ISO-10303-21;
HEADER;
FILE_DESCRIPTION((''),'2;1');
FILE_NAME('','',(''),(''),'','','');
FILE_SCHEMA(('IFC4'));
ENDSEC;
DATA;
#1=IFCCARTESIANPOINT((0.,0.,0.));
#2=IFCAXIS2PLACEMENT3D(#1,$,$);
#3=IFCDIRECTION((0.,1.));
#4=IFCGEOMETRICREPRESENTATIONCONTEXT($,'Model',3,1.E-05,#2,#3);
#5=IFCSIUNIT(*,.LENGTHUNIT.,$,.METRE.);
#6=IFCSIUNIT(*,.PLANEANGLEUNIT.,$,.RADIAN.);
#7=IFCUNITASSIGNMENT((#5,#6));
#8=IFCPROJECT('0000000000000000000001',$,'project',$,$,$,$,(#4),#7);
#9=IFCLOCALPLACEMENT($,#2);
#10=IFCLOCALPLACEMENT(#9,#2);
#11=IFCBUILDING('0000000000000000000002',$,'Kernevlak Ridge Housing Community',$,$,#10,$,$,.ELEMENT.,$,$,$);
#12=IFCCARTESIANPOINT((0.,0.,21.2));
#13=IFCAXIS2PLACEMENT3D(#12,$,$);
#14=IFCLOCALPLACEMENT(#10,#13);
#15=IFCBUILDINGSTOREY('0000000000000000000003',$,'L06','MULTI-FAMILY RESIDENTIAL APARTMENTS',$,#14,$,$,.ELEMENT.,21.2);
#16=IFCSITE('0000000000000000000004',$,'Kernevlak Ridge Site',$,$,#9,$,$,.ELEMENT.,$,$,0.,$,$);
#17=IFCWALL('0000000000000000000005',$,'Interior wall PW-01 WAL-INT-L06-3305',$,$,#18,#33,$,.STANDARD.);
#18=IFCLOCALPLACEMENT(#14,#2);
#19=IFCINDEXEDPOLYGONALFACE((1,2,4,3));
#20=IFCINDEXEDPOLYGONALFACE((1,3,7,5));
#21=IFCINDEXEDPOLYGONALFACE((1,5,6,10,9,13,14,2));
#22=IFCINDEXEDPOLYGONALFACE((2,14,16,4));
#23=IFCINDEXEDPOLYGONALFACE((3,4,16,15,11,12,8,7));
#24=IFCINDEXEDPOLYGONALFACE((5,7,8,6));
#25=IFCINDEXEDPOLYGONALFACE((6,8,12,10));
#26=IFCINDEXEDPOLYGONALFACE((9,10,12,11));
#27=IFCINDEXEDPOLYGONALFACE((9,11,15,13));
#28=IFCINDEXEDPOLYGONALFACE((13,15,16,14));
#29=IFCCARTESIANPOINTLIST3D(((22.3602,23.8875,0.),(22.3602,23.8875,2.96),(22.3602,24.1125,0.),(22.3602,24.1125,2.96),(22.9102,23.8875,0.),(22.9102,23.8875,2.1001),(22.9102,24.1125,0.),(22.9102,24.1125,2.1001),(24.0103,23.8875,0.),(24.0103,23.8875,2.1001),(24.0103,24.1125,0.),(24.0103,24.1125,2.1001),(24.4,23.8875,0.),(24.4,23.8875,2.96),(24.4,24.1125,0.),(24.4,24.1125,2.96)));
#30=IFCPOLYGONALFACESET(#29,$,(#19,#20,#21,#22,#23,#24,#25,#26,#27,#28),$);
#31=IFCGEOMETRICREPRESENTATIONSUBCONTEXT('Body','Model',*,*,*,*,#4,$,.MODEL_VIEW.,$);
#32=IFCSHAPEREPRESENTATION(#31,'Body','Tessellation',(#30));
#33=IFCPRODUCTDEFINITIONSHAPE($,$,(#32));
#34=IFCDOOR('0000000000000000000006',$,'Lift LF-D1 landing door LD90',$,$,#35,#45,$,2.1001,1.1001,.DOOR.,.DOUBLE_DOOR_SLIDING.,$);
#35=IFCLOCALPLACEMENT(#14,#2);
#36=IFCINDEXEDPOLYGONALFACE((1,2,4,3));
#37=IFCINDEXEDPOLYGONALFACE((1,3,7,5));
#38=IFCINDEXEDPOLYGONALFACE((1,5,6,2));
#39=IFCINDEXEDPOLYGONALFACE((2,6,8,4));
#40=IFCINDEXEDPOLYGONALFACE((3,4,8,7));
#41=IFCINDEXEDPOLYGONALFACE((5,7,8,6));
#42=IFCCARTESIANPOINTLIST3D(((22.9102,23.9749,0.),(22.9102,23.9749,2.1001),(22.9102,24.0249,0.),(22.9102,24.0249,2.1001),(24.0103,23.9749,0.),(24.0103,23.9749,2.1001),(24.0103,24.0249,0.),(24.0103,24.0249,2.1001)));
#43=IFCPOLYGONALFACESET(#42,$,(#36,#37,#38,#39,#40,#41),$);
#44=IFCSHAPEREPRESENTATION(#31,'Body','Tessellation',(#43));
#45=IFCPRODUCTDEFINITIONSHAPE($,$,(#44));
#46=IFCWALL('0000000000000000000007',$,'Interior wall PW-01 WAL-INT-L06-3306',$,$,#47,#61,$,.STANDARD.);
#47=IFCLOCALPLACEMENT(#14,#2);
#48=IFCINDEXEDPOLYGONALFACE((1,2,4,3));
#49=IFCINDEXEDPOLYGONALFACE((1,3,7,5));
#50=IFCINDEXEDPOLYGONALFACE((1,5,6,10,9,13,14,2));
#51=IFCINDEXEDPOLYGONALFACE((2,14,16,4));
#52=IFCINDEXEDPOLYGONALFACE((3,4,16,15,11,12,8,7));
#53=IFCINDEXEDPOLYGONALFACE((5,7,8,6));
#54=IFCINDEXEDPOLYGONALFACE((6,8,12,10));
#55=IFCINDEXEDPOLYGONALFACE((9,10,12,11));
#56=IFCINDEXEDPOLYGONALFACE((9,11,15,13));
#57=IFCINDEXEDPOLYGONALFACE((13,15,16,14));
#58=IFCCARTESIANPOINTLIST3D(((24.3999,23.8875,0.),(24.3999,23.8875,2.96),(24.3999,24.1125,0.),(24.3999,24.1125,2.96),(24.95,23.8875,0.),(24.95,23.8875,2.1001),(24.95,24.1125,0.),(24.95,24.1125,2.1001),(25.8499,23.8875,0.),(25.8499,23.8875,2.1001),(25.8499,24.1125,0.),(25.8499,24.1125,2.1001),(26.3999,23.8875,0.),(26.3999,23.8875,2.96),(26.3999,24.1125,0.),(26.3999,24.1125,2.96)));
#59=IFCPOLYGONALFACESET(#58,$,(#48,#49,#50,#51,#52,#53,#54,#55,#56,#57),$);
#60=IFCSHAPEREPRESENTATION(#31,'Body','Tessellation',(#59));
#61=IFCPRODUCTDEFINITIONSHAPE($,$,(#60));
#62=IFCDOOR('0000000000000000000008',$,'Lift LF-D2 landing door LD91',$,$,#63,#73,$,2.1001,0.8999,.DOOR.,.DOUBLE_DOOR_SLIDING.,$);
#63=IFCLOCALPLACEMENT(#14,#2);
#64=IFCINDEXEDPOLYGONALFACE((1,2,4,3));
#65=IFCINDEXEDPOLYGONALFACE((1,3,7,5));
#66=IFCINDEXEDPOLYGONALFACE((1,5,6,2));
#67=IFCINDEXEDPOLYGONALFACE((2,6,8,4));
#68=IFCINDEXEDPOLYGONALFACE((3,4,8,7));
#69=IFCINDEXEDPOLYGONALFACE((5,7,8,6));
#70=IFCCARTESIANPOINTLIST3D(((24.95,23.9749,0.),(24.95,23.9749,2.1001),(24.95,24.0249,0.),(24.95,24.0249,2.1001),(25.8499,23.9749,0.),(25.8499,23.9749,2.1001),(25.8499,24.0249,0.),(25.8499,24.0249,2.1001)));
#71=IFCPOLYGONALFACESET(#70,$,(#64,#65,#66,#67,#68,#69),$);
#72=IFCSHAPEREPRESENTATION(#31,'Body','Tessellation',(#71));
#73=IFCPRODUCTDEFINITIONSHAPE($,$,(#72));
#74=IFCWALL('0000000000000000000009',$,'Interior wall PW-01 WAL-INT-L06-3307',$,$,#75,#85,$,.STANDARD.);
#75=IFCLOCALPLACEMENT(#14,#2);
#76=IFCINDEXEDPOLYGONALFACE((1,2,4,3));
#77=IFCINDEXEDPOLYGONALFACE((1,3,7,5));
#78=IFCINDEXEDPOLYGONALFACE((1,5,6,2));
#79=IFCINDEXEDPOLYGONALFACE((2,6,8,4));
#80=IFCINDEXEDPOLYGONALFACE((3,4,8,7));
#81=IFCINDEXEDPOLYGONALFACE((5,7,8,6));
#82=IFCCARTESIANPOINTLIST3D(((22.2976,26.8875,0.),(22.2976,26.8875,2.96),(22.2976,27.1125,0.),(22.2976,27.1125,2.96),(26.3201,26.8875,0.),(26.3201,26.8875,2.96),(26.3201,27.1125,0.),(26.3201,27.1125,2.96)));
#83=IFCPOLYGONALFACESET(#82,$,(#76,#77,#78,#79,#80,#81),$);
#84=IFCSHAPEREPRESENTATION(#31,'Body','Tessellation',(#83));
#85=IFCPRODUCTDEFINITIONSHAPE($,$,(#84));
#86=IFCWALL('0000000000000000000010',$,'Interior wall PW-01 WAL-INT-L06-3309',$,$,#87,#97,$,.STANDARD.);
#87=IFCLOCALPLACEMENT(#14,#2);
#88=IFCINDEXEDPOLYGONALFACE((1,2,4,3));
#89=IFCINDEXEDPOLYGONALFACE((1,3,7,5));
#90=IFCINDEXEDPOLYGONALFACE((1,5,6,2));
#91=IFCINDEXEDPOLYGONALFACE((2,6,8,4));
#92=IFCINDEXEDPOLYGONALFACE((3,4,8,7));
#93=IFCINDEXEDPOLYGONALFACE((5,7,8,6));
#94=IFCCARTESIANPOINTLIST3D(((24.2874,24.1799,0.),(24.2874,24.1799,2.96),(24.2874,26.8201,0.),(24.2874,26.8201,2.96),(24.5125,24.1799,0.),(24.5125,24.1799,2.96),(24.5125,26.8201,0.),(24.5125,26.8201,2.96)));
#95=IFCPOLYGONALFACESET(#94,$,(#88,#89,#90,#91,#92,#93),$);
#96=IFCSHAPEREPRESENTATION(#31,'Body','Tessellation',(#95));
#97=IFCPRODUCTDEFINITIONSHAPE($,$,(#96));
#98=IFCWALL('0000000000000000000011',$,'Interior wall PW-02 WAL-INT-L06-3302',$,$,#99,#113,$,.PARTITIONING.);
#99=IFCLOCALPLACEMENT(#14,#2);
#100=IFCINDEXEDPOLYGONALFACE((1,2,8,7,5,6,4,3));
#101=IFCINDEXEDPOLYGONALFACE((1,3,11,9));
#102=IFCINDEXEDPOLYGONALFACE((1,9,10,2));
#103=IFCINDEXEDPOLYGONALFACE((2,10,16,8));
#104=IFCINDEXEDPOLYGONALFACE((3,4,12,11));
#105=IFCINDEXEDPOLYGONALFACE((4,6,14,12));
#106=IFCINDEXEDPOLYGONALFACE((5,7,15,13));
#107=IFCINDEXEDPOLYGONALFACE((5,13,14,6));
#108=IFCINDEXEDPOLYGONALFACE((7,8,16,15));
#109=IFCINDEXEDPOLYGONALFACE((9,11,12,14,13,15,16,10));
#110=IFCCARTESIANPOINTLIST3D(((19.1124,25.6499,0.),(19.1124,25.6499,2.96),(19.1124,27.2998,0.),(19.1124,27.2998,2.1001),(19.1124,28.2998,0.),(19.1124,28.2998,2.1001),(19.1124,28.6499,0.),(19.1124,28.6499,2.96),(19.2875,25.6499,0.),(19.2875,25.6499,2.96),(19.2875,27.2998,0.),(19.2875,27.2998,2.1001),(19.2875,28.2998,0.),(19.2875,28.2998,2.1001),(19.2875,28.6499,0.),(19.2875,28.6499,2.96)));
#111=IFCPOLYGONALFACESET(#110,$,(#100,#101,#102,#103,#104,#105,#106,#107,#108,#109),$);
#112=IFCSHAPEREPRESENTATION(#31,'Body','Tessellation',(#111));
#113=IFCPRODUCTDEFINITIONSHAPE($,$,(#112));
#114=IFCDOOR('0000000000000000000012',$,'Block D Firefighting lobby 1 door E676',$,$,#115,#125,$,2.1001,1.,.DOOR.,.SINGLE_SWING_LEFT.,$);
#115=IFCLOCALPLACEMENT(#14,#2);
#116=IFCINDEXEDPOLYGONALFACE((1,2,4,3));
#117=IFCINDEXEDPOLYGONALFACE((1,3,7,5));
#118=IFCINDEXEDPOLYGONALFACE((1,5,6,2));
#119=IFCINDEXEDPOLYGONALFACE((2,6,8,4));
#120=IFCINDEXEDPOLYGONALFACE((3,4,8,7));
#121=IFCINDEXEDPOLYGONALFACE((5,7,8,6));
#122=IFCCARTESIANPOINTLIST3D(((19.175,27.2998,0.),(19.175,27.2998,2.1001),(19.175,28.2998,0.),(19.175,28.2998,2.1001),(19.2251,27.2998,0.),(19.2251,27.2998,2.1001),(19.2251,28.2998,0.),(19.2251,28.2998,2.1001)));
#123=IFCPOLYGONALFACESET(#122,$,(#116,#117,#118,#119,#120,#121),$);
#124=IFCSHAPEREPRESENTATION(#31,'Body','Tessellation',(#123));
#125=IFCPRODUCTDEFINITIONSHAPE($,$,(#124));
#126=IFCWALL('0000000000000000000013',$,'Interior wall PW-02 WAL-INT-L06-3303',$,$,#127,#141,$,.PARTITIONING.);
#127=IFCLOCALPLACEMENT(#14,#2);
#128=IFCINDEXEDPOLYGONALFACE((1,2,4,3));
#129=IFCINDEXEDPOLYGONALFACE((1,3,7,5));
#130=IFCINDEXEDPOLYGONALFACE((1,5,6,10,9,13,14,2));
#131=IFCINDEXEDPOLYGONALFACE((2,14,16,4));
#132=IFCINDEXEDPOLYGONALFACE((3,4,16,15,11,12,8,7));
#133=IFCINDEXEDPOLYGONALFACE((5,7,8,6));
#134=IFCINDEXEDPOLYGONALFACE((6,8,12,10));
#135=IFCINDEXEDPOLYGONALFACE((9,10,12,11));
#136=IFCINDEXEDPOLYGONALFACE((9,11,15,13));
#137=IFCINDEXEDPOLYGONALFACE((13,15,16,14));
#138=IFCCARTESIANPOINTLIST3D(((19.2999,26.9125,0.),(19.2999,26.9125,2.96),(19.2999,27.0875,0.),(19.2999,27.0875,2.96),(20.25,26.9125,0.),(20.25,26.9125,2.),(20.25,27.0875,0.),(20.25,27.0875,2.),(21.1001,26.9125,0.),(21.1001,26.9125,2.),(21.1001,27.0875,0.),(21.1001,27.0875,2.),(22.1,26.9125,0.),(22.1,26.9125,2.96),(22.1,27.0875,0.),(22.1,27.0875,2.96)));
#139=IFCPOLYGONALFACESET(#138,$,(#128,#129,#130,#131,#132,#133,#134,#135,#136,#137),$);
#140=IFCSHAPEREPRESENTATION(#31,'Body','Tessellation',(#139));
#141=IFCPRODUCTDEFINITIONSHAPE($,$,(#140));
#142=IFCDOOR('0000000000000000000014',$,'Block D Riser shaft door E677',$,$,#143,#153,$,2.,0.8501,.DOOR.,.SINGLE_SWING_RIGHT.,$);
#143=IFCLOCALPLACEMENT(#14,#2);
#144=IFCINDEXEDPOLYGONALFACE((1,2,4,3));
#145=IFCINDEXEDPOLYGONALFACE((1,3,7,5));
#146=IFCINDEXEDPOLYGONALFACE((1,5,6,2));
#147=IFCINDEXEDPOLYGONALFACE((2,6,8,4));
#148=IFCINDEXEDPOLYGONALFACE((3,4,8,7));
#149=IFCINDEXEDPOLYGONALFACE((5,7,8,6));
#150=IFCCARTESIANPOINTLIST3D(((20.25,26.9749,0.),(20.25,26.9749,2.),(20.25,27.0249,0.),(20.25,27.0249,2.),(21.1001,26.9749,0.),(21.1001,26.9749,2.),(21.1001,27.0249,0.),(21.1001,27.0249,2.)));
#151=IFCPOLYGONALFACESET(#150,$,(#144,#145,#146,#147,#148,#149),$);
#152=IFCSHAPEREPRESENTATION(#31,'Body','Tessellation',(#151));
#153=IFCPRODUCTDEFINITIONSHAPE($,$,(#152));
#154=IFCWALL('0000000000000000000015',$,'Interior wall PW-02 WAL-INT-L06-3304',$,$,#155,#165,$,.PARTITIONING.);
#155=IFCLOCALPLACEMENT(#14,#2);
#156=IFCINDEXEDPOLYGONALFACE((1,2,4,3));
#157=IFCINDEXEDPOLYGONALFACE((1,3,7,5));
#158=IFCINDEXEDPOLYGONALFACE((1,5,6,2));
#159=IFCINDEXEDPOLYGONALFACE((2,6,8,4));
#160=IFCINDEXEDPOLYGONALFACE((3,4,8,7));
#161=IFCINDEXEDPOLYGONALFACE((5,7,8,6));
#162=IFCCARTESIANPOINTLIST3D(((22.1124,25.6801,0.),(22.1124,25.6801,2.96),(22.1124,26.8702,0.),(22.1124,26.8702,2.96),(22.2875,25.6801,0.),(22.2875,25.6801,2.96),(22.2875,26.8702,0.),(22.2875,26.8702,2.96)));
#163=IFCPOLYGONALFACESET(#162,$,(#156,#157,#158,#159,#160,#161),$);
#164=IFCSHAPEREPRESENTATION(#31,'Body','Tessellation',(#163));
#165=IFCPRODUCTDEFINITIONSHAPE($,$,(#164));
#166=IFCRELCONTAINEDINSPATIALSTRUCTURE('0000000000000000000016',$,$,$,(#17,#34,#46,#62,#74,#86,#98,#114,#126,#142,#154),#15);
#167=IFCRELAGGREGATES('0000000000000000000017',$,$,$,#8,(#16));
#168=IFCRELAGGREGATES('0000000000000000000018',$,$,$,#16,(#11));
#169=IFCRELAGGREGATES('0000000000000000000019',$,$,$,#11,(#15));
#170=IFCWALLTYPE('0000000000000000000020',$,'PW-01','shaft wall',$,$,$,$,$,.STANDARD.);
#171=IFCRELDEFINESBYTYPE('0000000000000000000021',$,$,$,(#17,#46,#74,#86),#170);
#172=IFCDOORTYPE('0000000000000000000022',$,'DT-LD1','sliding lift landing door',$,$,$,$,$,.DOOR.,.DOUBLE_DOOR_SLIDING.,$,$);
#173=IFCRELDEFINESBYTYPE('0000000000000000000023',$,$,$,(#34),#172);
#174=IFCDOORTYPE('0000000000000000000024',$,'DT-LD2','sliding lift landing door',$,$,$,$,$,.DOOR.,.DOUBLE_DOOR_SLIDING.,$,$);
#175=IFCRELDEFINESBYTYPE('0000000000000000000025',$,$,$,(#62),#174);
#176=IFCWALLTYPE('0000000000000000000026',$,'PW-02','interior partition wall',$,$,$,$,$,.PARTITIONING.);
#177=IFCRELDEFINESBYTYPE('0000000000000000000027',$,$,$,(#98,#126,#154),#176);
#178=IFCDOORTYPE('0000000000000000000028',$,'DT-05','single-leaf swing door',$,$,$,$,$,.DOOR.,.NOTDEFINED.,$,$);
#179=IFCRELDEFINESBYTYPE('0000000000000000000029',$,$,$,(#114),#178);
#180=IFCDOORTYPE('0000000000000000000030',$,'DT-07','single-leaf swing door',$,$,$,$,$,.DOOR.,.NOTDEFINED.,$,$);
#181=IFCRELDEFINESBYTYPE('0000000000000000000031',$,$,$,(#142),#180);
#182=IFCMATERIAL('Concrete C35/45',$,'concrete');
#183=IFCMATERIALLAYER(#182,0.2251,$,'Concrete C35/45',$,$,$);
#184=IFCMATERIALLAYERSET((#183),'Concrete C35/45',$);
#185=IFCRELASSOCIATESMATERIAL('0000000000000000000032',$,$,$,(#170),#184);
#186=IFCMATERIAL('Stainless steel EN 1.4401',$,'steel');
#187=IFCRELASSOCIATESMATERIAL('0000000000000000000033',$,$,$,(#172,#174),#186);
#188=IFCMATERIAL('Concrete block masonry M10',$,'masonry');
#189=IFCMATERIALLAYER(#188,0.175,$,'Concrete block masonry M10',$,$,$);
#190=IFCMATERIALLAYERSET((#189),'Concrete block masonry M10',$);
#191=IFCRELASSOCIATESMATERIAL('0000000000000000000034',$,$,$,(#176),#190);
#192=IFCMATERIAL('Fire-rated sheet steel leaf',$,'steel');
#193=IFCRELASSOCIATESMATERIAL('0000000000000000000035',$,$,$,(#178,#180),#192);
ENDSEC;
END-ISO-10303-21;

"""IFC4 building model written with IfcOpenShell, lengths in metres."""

from ifc_helpers import new_model, si_unit, direction, frame, frame_2d, origin, place, context, subcontext, project, spatial, rectangle, extrude, material, layer, layer_set, type_object, element, fill, save


model = new_model("IFC4")

# Units and contexts
model_context = context("Model", 3, precision=1e-05, world=origin(), true_north=direction((0.0, 1.0)))
body_context = subcontext(model_context, "Body", "Model", "MODEL_VIEW")
ifc_project = project(units=[si_unit("LENGTHUNIT", "METRE"), si_unit("PLANEANGLEUNIT", "RADIAN")], contexts=[model_context])

# Site, building, storey
site_placement = place(None, origin())
site = spatial("IfcSite", under=ifc_project, at=site_placement, Name="Kernevlak Ridge Site", CompositionType="ELEMENT", RefElevation=0.0)
building_placement = place(site_placement, origin())
building = spatial("IfcBuilding", under=site, at=building_placement, Name="Kernevlak Ridge Housing Community", CompositionType="ELEMENT")
storey_placement = place(building_placement, frame((0.0, 0.0, 21.2)))
storey = spatial("IfcBuildingStorey", under=building, at=storey_placement, Name="L06", Description="MULTI-FAMILY RESIDENTIAL APARTMENTS", CompositionType="ELEMENT", Elevation=21.2)

# Shared definitions
ifc_material_1 = material(Name="Concrete C35/45", Category="concrete")

# Walls, openings, doors
ifc_layer_1 = layer(ifc_material_1, 0.2251, Name="Concrete C35/45")
ifc_layer_set_1 = layer_set([ifc_layer_1], Name="Concrete C35/45")
wall_type_1 = type_object("IfcWallType", Name="PW-01", Description="shaft wall", PredefinedType="STANDARD", material=ifc_layer_set_1)
ifc_material_2 = material(Name="Fire-rated sheet steel leaf", Category="steel")
wall_1_placement = place(storey_placement, frame((22.3601, 24.0, 0.0), z_axis=(0.0, 0.0, 1.0), x_axis=(1.0, 0.0, 0.0)))
wall_1 = element("IfcWall", 1, at=wall_1_placement, inside=storey, type_object=wall_type_1, Name="Interior wall PW-01 WAL-INT-L06-3305", PredefinedType="STANDARD", context=body_context, shape_type="SweptSolid", body=[
    extrude(rectangle(XDim=2.0398, YDim=0.2251, at=frame_2d((1.02, 0.0))), origin(), (0.0, 0.0, 1.0), 2.96),
])
opening_1_placement = place(wall_1_placement, frame((0.55, 0.0, 0.0)))
opening_1 = element("IfcOpeningElement", 2, at=opening_1_placement, cuts=wall_1, PredefinedType="OPENING", context=body_context, shape_type="SweptSolid", body=[
    extrude(rectangle(XDim=1.1001, YDim=2.1001, at=frame_2d((0.55, 1.05))), frame((0.0, 0.1226, 0.0), z_axis=(0.0, -1.0, 0.0), x_axis=(1.0, 0.0, 0.0)), (0.0, 0.0, 1.0), 0.2451),
])
ifc_material_3 = material(Name="Stainless steel EN 1.4401", Category="steel")
door_type_1 = type_object("IfcDoorType", Name="DT-LD1", Description="sliding lift landing door", OperationType="DOUBLE_DOOR_SLIDING", PredefinedType="DOOR", material=ifc_material_3)
door_1_placement = place(opening_1_placement, origin())
door_1 = element("IfcDoor", 3, at=door_1_placement, inside=storey, type_object=door_type_1, Name="Lift LF-D1 landing door LD90", OperationType="DOUBLE_DOOR_SLIDING", OverallHeight=2.1001, OverallWidth=1.1001, PredefinedType="DOOR", context=body_context, shape_type="SweptSolid", body=[
    extrude(rectangle(XDim=1.1001, YDim=2.1001, at=frame_2d((0.55, 1.05))), frame((0.0, 0.0249, 0.0), z_axis=(0.0, -1.0, 0.0), x_axis=(1.0, 0.0, 0.0)), (0.0, 0.0, 1.0), 0.05),
])
fill(opening_1, door_1)
wall_2_placement = place(storey_placement, frame((24.3999, 24.0, 0.0), z_axis=(0.0, 0.0, 1.0), x_axis=(1.0, 0.0, 0.0)))
wall_2 = element("IfcWall", 4, at=wall_2_placement, inside=storey, type_object=wall_type_1, Name="Interior wall PW-01 WAL-INT-L06-3306", PredefinedType="STANDARD", context=body_context, shape_type="SweptSolid", body=[
    extrude(rectangle(XDim=2.0, YDim=0.2251, at=frame_2d((1.0, 0.0))), origin(), (0.0, 0.0, 1.0), 2.96),
])
opening_2_placement = place(wall_2_placement, frame((0.55, 0.0, 0.0)))
opening_2 = element("IfcOpeningElement", 5, at=opening_2_placement, cuts=wall_2, PredefinedType="OPENING", context=body_context, shape_type="SweptSolid", body=[
    extrude(rectangle(XDim=0.8999, YDim=2.1001, at=frame_2d((0.45, 1.05))), frame((0.0, 0.1226, 0.0), z_axis=(0.0, -1.0, 0.0), x_axis=(1.0, 0.0, 0.0)), (0.0, 0.0, 1.0), 0.2451),
])
door_type_2 = type_object("IfcDoorType", Name="DT-LD2", Description="sliding lift landing door", OperationType="DOUBLE_DOOR_SLIDING", PredefinedType="DOOR", material=ifc_material_3)
door_2_placement = place(opening_2_placement, origin())
door_2 = element("IfcDoor", 6, at=door_2_placement, inside=storey, type_object=door_type_2, Name="Lift LF-D2 landing door LD91", OperationType="DOUBLE_DOOR_SLIDING", OverallHeight=2.1001, OverallWidth=0.8999, PredefinedType="DOOR", context=body_context, shape_type="SweptSolid", body=[
    extrude(rectangle(XDim=0.8999, YDim=2.1001, at=frame_2d((0.45, 1.05))), frame((0.0, 0.0249, 0.0), z_axis=(0.0, -1.0, 0.0), x_axis=(1.0, 0.0, 0.0)), (0.0, 0.0, 1.0), 0.05),
])
fill(opening_2, door_2)

# Walls
wall_3_placement = place(storey_placement, frame((22.2976, 27.0, 0.0), z_axis=(0.0, 0.0, 1.0), x_axis=(1.0, 0.0, 0.0)))
element("IfcWall", 7, at=wall_3_placement, inside=storey, type_object=wall_type_1, Name="Interior wall PW-01 WAL-INT-L06-3307", PredefinedType="STANDARD", context=body_context, shape_type="SweptSolid", body=[
    extrude(rectangle(XDim=4.0225, YDim=0.2251, at=frame_2d((2.0112, 0.0))), origin(), (0.0, 0.0, 1.0), 2.96),
])
wall_4_placement = place(storey_placement, frame((24.3999, 24.1799, 0.0), z_axis=(0.0, 0.0, 1.0), x_axis=(0.0, 1.0, 0.0)))
element("IfcWall", 8, at=wall_4_placement, inside=storey, type_object=wall_type_1, Name="Interior wall PW-01 WAL-INT-L06-3309", PredefinedType="STANDARD", context=body_context, shape_type="SweptSolid", body=[
    extrude(rectangle(XDim=2.6401, YDim=0.2251, at=frame_2d((1.3201, 0.0))), origin(), (0.0, 0.0, 1.0), 2.96),
])

# Walls, openings, doors
ifc_material_4 = material(Name="Concrete block masonry M10", Category="masonry")
ifc_layer_2 = layer(ifc_material_4, 0.175, Name="Concrete block masonry M10")
ifc_layer_set_2 = layer_set([ifc_layer_2], Name="Concrete block masonry M10")
wall_type_2 = type_object("IfcWallType", Name="PW-02", Description="interior partition wall", PredefinedType="PARTITIONING", material=ifc_layer_set_2)
wall_5_placement = place(storey_placement, frame((19.2, 25.6499, 0.0), z_axis=(0.0, 0.0, 1.0), x_axis=(0.0, 1.0, 0.0)))
wall_5 = element("IfcWall", 9, at=wall_5_placement, inside=storey, type_object=wall_type_2, Name="Interior wall PW-02 WAL-INT-L06-3302", PredefinedType="PARTITIONING", context=body_context, shape_type="SweptSolid", body=[
    extrude(rectangle(XDim=3.0, YDim=0.175, at=frame_2d((1.5, 0.0))), origin(), (0.0, 0.0, 1.0), 2.96),
])
opening_3_placement = place(wall_5_placement, frame((1.6499, 0.0, 0.0)))
opening_3 = element("IfcOpeningElement", 10, at=opening_3_placement, cuts=wall_5, PredefinedType="OPENING", context=body_context, shape_type="SweptSolid", body=[
    extrude(rectangle(XDim=1.0, YDim=2.1001, at=frame_2d((0.5, 1.05))), frame((0.0, 0.0974, 0.0), z_axis=(0.0, -1.0, 0.0), x_axis=(1.0, 0.0, 0.0)), (0.0, 0.0, 1.0), 0.1951),
])
door_type_3 = type_object("IfcDoorType", Name="DT-05", Description="single-leaf swing door", OperationType="NOTDEFINED", PredefinedType="DOOR", material=ifc_material_2)
door_3_placement = place(opening_3_placement, origin())
door_3 = element("IfcDoor", 11, at=door_3_placement, inside=storey, type_object=door_type_3, Name="Block D Firefighting lobby 1 door E676", OperationType="SINGLE_SWING_LEFT", OverallHeight=2.1001, OverallWidth=1.0, PredefinedType="DOOR", context=body_context, shape_type="SweptSolid", body=[
    extrude(rectangle(XDim=1.0, YDim=2.1001, at=frame_2d((0.5, 1.05))), frame((0.0, 0.0249, 0.0), z_axis=(0.0, -1.0, 0.0), x_axis=(1.0, 0.0, 0.0)), (0.0, 0.0, 1.0), 0.05),
])
fill(opening_3, door_3)
wall_6_placement = place(storey_placement, frame((19.3, 27.0, 0.0), z_axis=(0.0, 0.0, 1.0), x_axis=(1.0, 0.0, 0.0)))
wall_6 = element("IfcWall", 12, at=wall_6_placement, inside=storey, type_object=wall_type_2, Name="Interior wall PW-02 WAL-INT-L06-3303", PredefinedType="PARTITIONING", context=body_context, shape_type="SweptSolid", body=[
    extrude(rectangle(XDim=2.8, YDim=0.175, at=frame_2d((1.3999, 0.0))), origin(), (0.0, 0.0, 1.0), 2.96),
])
opening_4_placement = place(wall_6_placement, frame((0.95, 0.0, 0.0)))
opening_4 = element("IfcOpeningElement", 13, at=opening_4_placement, cuts=wall_6, PredefinedType="OPENING", context=body_context, shape_type="SweptSolid", body=[
    extrude(rectangle(XDim=0.8501, YDim=2.0, at=frame_2d((0.425, 1.0))), frame((0.0, 0.0974, 0.0), z_axis=(0.0, -1.0, 0.0), x_axis=(1.0, 0.0, 0.0)), (0.0, 0.0, 1.0), 0.1951),
])
door_type_4 = type_object("IfcDoorType", Name="DT-07", Description="single-leaf swing door", OperationType="NOTDEFINED", PredefinedType="DOOR", material=ifc_material_2)
door_4_placement = place(opening_4_placement, origin())
door_4 = element("IfcDoor", 14, at=door_4_placement, inside=storey, type_object=door_type_4, Name="Block D Riser shaft door E677", OperationType="SINGLE_SWING_RIGHT", OverallHeight=2.0, OverallWidth=0.8501, PredefinedType="DOOR", context=body_context, shape_type="SweptSolid", body=[
    extrude(rectangle(XDim=0.8501, YDim=2.0, at=frame_2d((0.425, 1.0))), frame((0.0, 0.0249, 0.0), z_axis=(0.0, -1.0, 0.0), x_axis=(1.0, 0.0, 0.0)), (0.0, 0.0, 1.0), 0.05),
])
fill(opening_4, door_4)

# Wall
wall_7_placement = place(storey_placement, frame((22.2, 25.6799, 0.0), z_axis=(0.0, 0.0, 1.0), x_axis=(0.0, 1.0, 0.0)))
element("IfcWall", 15, at=wall_7_placement, inside=storey, type_object=wall_type_2, Name="Interior wall PW-02 WAL-INT-L06-3304", PredefinedType="PARTITIONING", context=body_context, shape_type="SweptSolid", body=[
    extrude(rectangle(XDim=1.1902, YDim=0.175, at=frame_2d((0.5952, 0.0))), origin(), (0.0, 0.0, 1.0), 2.96),
])

save(model, "model.ifc")
